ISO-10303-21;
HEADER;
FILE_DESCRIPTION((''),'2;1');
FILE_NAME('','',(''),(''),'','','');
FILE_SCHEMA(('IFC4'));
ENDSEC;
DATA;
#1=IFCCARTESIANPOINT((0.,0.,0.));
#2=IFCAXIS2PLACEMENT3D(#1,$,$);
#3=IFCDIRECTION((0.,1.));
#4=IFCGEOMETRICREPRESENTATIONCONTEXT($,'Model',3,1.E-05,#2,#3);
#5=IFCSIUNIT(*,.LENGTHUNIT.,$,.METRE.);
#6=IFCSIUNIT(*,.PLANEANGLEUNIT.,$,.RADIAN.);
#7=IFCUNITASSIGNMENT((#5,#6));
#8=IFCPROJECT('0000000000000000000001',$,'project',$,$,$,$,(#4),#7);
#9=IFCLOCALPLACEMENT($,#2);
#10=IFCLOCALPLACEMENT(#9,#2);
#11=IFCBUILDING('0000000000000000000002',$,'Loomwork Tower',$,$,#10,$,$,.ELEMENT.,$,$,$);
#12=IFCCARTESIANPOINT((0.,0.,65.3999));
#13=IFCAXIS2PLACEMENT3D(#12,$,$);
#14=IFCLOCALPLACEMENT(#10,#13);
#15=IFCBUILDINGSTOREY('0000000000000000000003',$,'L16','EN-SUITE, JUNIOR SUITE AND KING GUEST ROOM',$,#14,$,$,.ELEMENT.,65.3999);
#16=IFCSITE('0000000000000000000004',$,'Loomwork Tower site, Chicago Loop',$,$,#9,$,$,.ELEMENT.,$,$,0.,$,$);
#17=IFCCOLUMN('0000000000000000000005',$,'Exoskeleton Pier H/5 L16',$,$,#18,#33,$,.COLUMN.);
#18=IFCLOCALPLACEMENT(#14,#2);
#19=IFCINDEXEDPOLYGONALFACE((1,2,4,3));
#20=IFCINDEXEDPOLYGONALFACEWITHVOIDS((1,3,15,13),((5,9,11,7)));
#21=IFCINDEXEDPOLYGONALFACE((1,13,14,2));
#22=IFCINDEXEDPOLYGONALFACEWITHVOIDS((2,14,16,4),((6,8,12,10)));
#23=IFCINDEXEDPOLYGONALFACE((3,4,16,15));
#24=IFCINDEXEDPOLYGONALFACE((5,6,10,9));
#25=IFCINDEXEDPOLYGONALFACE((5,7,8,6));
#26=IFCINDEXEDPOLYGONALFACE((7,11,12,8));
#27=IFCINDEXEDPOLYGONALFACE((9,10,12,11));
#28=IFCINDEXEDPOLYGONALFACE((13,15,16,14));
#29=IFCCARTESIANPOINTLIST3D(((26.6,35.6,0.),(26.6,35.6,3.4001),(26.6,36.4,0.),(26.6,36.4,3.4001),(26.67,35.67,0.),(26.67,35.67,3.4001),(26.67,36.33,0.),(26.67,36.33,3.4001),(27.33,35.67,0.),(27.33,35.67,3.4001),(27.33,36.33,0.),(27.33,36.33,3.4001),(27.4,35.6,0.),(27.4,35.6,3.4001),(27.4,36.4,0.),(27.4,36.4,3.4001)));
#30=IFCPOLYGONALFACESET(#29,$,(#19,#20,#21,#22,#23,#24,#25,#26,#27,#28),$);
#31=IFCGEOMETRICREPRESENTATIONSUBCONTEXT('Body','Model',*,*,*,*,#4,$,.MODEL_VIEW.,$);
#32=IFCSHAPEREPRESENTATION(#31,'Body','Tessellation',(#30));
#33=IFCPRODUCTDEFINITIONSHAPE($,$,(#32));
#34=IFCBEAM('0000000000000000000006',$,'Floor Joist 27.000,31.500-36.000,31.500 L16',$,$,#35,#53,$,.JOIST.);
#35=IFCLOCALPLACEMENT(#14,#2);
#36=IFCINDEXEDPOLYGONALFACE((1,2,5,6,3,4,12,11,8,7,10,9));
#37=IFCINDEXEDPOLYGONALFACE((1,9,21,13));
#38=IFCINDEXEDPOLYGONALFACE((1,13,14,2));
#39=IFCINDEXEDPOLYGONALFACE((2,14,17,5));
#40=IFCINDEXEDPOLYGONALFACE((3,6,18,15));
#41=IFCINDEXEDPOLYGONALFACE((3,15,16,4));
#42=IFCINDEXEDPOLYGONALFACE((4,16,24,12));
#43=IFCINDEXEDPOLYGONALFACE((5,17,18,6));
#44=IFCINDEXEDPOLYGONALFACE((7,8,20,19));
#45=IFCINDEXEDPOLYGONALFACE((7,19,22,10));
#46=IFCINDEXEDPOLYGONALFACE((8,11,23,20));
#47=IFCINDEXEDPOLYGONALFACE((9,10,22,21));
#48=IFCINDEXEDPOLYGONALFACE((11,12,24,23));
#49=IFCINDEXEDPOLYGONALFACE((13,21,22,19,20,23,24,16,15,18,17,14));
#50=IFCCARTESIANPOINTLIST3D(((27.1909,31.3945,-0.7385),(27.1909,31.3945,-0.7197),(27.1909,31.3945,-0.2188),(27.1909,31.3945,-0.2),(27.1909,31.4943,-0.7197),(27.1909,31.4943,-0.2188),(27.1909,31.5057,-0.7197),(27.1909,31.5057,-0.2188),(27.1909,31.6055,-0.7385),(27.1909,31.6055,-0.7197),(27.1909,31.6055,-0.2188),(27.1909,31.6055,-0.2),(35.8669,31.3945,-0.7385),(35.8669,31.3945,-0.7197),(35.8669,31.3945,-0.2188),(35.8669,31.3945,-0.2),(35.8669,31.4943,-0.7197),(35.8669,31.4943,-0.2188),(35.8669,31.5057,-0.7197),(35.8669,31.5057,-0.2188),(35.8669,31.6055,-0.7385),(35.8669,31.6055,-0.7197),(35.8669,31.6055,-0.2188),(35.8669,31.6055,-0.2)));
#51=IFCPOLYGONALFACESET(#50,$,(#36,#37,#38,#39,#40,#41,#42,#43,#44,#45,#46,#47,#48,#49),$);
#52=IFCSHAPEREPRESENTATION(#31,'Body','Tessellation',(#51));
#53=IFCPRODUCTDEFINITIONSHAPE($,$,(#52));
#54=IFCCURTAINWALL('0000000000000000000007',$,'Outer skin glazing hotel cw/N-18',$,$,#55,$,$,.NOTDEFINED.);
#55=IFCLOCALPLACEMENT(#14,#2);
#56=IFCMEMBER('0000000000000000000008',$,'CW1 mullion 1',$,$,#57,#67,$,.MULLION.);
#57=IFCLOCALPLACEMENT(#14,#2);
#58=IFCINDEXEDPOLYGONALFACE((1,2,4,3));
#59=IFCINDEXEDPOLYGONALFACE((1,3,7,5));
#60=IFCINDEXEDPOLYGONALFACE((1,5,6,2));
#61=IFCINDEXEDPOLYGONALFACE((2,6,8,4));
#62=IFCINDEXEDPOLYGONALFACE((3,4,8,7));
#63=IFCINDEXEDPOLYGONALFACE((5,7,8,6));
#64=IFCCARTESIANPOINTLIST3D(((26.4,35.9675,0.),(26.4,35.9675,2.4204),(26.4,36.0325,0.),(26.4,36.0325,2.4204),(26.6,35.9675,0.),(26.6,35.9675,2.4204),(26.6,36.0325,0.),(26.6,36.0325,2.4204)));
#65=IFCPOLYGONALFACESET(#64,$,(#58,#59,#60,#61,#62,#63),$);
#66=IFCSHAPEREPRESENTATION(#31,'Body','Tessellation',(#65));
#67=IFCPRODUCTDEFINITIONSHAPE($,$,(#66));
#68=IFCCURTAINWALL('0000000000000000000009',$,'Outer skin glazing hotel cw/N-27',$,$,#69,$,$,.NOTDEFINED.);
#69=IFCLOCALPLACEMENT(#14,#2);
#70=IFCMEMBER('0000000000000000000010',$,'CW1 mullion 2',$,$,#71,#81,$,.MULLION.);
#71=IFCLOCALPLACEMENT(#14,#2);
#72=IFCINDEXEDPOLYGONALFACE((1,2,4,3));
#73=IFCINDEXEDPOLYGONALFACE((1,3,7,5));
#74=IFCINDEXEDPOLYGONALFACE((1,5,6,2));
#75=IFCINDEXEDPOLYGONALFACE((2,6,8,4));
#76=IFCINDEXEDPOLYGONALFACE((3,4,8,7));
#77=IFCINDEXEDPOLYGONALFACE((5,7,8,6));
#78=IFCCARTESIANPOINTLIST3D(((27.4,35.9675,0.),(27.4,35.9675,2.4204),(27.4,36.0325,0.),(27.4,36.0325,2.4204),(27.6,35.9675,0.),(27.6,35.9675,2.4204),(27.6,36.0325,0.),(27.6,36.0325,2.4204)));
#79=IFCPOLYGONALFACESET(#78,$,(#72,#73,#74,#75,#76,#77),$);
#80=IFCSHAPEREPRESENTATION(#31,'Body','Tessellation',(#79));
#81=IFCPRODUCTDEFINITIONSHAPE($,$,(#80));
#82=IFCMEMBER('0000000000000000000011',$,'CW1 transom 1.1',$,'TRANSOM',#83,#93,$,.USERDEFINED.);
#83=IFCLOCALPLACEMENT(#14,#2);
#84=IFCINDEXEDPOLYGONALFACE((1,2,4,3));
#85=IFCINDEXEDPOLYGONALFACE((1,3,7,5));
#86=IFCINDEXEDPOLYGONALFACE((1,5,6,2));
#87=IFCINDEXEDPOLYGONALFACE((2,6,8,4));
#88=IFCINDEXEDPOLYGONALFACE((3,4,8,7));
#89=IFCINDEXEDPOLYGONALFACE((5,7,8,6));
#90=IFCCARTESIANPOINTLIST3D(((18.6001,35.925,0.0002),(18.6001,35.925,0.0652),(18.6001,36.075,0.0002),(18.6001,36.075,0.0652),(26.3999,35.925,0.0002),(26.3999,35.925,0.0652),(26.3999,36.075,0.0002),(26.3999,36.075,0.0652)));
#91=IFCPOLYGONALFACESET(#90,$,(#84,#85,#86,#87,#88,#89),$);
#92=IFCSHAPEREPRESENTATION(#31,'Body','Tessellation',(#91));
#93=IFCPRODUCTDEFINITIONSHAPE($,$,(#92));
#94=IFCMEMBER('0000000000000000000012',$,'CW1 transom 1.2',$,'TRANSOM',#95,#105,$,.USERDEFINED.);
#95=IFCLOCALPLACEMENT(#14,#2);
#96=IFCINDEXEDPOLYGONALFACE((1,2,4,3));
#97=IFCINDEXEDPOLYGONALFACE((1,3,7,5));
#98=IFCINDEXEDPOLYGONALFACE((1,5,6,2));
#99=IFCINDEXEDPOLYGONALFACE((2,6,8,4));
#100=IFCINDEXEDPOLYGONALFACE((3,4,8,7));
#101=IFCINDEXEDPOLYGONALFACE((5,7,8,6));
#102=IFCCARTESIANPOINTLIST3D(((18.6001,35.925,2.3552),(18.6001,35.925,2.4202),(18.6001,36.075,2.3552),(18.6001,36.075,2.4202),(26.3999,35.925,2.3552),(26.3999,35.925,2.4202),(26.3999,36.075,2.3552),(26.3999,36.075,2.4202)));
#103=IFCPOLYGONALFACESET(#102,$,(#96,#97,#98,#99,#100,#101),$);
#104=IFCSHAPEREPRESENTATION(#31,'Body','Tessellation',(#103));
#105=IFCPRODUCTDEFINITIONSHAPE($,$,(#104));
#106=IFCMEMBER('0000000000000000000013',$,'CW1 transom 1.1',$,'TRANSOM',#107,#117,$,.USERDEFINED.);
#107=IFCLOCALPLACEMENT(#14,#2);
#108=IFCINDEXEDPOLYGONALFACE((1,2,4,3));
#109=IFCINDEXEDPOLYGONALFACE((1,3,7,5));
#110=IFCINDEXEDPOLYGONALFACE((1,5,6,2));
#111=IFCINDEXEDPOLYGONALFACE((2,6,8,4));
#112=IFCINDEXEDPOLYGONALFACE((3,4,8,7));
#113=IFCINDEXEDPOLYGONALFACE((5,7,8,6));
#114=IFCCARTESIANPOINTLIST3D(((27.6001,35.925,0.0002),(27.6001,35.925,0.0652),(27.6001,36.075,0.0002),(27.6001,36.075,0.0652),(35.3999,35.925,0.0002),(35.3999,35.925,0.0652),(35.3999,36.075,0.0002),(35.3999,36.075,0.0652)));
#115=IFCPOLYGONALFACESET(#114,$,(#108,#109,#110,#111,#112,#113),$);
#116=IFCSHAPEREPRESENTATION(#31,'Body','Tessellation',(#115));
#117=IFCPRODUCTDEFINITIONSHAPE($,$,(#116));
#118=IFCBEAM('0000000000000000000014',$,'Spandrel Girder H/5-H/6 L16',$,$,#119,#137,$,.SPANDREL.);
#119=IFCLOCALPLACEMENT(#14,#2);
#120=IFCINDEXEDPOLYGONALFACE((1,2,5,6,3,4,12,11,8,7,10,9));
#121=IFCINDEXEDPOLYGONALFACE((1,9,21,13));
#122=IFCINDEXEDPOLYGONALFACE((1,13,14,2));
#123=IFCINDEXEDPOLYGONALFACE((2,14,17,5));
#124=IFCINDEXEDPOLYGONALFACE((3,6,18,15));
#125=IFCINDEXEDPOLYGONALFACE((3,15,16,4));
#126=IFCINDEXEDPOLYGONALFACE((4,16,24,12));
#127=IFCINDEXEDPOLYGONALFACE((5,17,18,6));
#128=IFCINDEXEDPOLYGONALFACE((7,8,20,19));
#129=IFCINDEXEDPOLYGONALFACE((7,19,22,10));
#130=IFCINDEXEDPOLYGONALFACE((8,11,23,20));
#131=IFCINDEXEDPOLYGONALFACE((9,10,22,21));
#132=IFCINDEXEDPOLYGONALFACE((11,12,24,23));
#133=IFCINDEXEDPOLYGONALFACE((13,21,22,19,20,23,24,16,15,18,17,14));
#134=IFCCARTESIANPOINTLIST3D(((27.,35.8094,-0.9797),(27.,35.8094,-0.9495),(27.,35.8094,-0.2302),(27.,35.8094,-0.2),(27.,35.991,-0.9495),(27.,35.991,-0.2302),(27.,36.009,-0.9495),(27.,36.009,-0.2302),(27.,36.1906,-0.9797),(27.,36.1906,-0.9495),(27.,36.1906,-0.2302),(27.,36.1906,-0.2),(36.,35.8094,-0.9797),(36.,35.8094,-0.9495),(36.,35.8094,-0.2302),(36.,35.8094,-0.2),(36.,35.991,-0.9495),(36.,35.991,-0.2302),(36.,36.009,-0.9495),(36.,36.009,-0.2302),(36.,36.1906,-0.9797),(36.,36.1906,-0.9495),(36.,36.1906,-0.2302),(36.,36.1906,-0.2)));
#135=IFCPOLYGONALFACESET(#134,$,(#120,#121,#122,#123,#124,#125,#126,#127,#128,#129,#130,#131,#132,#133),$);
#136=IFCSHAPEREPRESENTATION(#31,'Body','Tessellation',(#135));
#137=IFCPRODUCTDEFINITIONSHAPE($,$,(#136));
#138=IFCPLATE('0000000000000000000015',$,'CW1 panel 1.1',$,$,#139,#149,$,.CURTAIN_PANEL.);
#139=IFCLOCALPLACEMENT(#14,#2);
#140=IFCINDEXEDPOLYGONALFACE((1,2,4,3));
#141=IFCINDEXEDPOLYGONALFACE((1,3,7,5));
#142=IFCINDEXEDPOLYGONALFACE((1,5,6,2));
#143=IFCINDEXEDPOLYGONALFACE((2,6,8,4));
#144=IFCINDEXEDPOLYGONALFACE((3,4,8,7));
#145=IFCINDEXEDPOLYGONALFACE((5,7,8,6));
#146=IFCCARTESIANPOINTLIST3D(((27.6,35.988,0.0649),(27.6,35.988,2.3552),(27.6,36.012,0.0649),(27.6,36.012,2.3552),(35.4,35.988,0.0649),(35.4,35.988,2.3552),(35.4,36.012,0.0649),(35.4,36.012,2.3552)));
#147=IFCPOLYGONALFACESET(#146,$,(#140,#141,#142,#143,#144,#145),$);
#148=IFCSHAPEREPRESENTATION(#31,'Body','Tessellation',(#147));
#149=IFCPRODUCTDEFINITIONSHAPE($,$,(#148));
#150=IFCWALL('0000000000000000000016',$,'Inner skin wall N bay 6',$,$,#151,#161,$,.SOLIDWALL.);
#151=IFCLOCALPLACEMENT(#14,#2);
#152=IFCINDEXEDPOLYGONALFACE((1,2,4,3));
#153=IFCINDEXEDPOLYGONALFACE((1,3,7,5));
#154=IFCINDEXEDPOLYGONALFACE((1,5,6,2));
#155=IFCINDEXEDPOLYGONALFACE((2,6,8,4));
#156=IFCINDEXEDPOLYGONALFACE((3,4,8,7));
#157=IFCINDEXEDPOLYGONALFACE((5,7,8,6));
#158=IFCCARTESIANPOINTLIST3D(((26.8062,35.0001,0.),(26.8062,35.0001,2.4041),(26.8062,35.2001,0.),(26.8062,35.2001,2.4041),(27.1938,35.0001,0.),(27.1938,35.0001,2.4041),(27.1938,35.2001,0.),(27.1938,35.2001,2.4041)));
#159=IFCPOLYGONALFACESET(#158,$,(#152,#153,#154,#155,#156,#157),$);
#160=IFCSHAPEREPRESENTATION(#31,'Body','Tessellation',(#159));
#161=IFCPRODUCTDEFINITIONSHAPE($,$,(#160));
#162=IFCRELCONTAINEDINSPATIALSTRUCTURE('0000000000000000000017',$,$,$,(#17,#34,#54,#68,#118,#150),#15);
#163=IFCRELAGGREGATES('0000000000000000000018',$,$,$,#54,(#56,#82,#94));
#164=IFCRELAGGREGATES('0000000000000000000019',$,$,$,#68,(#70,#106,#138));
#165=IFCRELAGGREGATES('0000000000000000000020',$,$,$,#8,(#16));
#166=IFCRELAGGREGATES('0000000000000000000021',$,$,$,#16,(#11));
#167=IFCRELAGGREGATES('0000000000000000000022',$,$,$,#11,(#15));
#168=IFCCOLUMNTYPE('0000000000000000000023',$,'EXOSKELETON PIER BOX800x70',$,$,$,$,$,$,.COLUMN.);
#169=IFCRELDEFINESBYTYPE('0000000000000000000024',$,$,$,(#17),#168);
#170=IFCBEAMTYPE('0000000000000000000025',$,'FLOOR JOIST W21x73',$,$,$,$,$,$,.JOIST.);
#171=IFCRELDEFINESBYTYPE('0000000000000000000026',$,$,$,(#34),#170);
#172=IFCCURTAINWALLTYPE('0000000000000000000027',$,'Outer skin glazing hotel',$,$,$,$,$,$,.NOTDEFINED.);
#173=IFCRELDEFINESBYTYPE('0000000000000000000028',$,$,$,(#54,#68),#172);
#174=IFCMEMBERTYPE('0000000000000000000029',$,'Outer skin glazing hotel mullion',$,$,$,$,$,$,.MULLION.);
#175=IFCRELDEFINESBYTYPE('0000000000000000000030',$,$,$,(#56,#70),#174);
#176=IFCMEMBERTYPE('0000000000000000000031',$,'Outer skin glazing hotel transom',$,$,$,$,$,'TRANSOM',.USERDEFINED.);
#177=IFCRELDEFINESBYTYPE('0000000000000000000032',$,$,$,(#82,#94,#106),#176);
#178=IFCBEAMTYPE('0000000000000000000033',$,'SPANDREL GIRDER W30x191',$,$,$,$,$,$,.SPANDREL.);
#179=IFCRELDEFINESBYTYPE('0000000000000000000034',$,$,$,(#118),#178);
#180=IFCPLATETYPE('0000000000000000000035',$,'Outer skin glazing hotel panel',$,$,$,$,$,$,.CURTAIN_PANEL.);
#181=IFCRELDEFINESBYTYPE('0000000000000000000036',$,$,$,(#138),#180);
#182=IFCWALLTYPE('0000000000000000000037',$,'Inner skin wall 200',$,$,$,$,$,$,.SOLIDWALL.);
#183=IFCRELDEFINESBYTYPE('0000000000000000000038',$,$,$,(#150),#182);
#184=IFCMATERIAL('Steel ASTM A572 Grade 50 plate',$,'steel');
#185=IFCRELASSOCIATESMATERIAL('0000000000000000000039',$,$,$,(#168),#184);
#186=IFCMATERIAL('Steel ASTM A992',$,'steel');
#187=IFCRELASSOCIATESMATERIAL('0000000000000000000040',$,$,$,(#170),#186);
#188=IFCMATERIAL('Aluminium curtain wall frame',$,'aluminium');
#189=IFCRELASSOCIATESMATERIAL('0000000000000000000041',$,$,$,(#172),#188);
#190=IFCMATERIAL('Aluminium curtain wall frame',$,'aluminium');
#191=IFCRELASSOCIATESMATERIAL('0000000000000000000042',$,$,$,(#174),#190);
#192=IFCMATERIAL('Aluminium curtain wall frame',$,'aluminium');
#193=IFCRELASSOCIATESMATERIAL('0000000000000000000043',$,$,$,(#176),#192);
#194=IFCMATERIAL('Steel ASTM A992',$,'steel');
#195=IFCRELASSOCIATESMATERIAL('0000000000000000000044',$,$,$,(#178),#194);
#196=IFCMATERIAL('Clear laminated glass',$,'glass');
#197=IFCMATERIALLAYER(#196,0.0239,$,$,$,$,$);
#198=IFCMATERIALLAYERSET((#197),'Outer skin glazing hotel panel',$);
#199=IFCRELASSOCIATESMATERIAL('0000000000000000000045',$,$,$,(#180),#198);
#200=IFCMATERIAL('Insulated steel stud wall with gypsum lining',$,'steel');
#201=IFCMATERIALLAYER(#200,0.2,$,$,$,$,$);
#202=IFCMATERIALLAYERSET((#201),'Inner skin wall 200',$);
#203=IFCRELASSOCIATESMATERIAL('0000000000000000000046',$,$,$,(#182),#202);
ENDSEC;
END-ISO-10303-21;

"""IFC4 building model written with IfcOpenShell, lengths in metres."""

from ifc_helpers import new_model, si_unit, direction, frame, frame_2d, origin, origin_2d, place, context, subcontext, project, spatial, rectangle, hollow_rectangle, i_section, extrude, material, layer, layer_set, material_profile, profile_set, type_object, element, aggregate, save


model = new_model("IFC4")

# Units and contexts
model_context = context("Model", 3, precision=1e-05, world=origin(), true_north=direction((0.0, 1.0)))
body_context = subcontext(model_context, "Body", "Model", "MODEL_VIEW")
ifc_project = project(units=[si_unit("LENGTHUNIT", "METRE"), si_unit("PLANEANGLEUNIT", "RADIAN")], contexts=[model_context])

# Site, building, storey
site_placement = place(None, origin())
site = spatial("IfcSite", under=ifc_project, at=site_placement, Name="Loomwork Tower site, Chicago Loop", CompositionType="ELEMENT", RefElevation=0.0)
building_placement = place(site_placement, origin())
building = spatial("IfcBuilding", under=site, at=building_placement, Name="Loomwork Tower", CompositionType="ELEMENT")
storey_placement = place(building_placement, frame((0.0, 0.0, 65.3999)))
storey = spatial("IfcBuildingStorey", under=building, at=storey_placement, Name="L16", Description="EN-SUITE, JUNIOR SUITE AND KING GUEST ROOM", CompositionType="ELEMENT", Elevation=65.3999)

# Column
ifc_material_1 = material(Name="Steel ASTM A572 Grade 50 plate", Category="steel")
ifc_material_profile_1 = material_profile(ifc_material_1, hollow_rectangle(XDim=0.8, YDim=0.8, WallThickness=0.0701, at=origin_2d()), Name="BOX800x70")
ifc_profile_set_1 = profile_set([ifc_material_profile_1], Name="Steel ASTM A572 Grade 50 plate")
column_type = type_object("IfcColumnType", Name="EXOSKELETON PIER BOX800x70", PredefinedType="COLUMN", material=ifc_profile_set_1)
column_placement = place(storey_placement, frame((27.0, 36.0, 0.0), z_axis=(0.0, 0.0, 1.0), x_axis=(1.0, 0.0, 0.0)))
element("IfcColumn", 1, at=column_placement, inside=storey, type_object=column_type, Name="Exoskeleton Pier H/5 L16", PredefinedType="COLUMN", context=body_context, shape_type="SweptSolid", body=[
    extrude(hollow_rectangle(XDim=0.8, YDim=0.8, WallThickness=0.0701, at=origin_2d()), origin(), (0.0, 0.0, 1.0), 3.4001),
])

# Beam
ifc_material_2 = material(Name="Steel ASTM A992", Category="steel")
ifc_material_profile_2 = material_profile(ifc_material_2, i_section(OverallWidth=0.2109, OverallDepth=0.5386, WebThickness=0.0115, FlangeThickness=0.0188, at=origin_2d()), Name="W21x73")
ifc_profile_set_2 = profile_set([ifc_material_profile_2], Name="Steel ASTM A992")
beam_type_1 = type_object("IfcBeamType", Name="FLOOR JOIST W21x73", PredefinedType="JOIST", material=ifc_profile_set_2)
beam_1_placement = place(storey_placement, frame((27.1909, 31.5, -0.4692), z_axis=(1.0, 0.0, 0.0), x_axis=(0.0, 1.0, 0.0)))
element("IfcBeam", 2, at=beam_1_placement, inside=storey, type_object=beam_type_1, Name="Floor Joist 27.000,31.500-36.000,31.500 L16", PredefinedType="JOIST", context=body_context, shape_type="SweptSolid", body=[
    extrude(i_section(OverallWidth=0.2109, OverallDepth=0.5386, WebThickness=0.0115, FlangeThickness=0.0188, at=origin_2d()), origin(), (0.0, 0.0, 1.0), 8.676),
])

# Curtain walls, members
ifc_material_3 = material(Name="Aluminium curtain wall frame", Category="aluminium")
curtain_wall_type = type_object("IfcCurtainWallType", Name="Outer skin glazing hotel", PredefinedType="NOTDEFINED", material=ifc_material_3)
curtain_wall_1_placement = place(storey_placement, origin())
curtain_wall_1 = element("IfcCurtainWall", 3, at=curtain_wall_1_placement, inside=storey, type_object=curtain_wall_type, Name="Outer skin glazing hotel cw/N-18", PredefinedType="NOTDEFINED")
ifc_material_4 = material(Name="Aluminium curtain wall frame", Category="aluminium")
ifc_material_profile_3 = material_profile(ifc_material_4, rectangle(XDim=0.0649, YDim=0.2, at=origin_2d()), Name="AL 65x200")
ifc_profile_set_3 = profile_set([ifc_material_profile_3], Name="Aluminium curtain wall frame")
member_type_1 = type_object("IfcMemberType", Name="Outer skin glazing hotel mullion", PredefinedType="MULLION", material=ifc_profile_set_3)
member_1_placement = place(storey_placement, frame((26.5, 36.0, 0.0), z_axis=(0.0, 0.0, 1.0), x_axis=(0.0, -1.0, 0.0)))
member_1 = element("IfcMember", 4, at=member_1_placement, type_object=member_type_1, Name="CW1 mullion 1", PredefinedType="MULLION", context=body_context, shape_type="SweptSolid", body=[
    extrude(rectangle(XDim=0.0649, YDim=0.2, at=origin_2d()), origin(), (0.0, 0.0, 1.0), 2.4204),
])
curtain_wall_2_placement = place(storey_placement, origin())
curtain_wall_2 = element("IfcCurtainWall", 5, at=curtain_wall_2_placement, inside=storey, type_object=curtain_wall_type, Name="Outer skin glazing hotel cw/N-27", PredefinedType="NOTDEFINED")
member_2_placement = place(storey_placement, frame((27.5, 36.0, 0.0), z_axis=(0.0, 0.0, 1.0), x_axis=(0.0, -1.0, 0.0)))
member_2 = element("IfcMember", 6, at=member_2_placement, type_object=member_type_1, Name="CW1 mullion 2", PredefinedType="MULLION", context=body_context, shape_type="SweptSolid", body=[
    extrude(rectangle(XDim=0.0649, YDim=0.2, at=origin_2d()), origin(), (0.0, 0.0, 1.0), 2.4204),
])

# Members
ifc_material_5 = material(Name="Aluminium curtain wall frame", Category="aluminium")
ifc_material_profile_4 = material_profile(ifc_material_5, rectangle(XDim=0.1499, YDim=0.0649, at=origin_2d()), Name="AL 65x150")
ifc_profile_set_4 = profile_set([ifc_material_profile_4], Name="Aluminium curtain wall frame")
member_type_2 = type_object("IfcMemberType", Name="Outer skin glazing hotel transom", ElementType="TRANSOM", PredefinedType="USERDEFINED", material=ifc_profile_set_4)
member_3_placement = place(storey_placement, frame((26.3999, 36.0, 0.0327), z_axis=(-1.0, 0.0, 0.0), x_axis=(0.0, -1.0, 0.0)))
member_3 = element("IfcMember", 7, at=member_3_placement, type_object=member_type_2, Name="CW1 transom 1.1", ObjectType="TRANSOM", PredefinedType="USERDEFINED", context=body_context, shape_type="SweptSolid", body=[
    extrude(rectangle(XDim=0.1499, YDim=0.0649, at=origin_2d()), origin(), (0.0, 0.0, 1.0), 7.7998),
])
member_4_placement = place(storey_placement, frame((26.3999, 36.0, 2.3877), z_axis=(-1.0, 0.0, 0.0), x_axis=(0.0, -1.0, 0.0)))
member_4 = element("IfcMember", 8, at=member_4_placement, type_object=member_type_2, Name="CW1 transom 1.2", ObjectType="TRANSOM", PredefinedType="USERDEFINED", context=body_context, shape_type="SweptSolid", body=[
    extrude(rectangle(XDim=0.1499, YDim=0.0649, at=origin_2d()), origin(), (0.0, 0.0, 1.0), 7.7998),
])
aggregate(curtain_wall_1, [member_1, member_3, member_4])
member_5_placement = place(storey_placement, frame((35.3999, 36.0, 0.0327), z_axis=(-1.0, 0.0, 0.0), x_axis=(0.0, -1.0, 0.0)))
member_5 = element("IfcMember", 9, at=member_5_placement, type_object=member_type_2, Name="CW1 transom 1.1", ObjectType="TRANSOM", PredefinedType="USERDEFINED", context=body_context, shape_type="SweptSolid", body=[
    extrude(rectangle(XDim=0.1499, YDim=0.0649, at=origin_2d()), origin(), (0.0, 0.0, 1.0), 7.7998),
])

# Beam
ifc_material_6 = material(Name="Steel ASTM A992", Category="steel")
ifc_material_profile_5 = material_profile(ifc_material_6, i_section(OverallWidth=0.3811, OverallDepth=0.7798, WebThickness=0.0181, FlangeThickness=0.0303, at=origin_2d()), Name="W30x191")
ifc_profile_set_5 = profile_set([ifc_material_profile_5], Name="Steel ASTM A992")
beam_type_2 = type_object("IfcBeamType", Name="SPANDREL GIRDER W30x191", PredefinedType="SPANDREL", material=ifc_profile_set_5)
beam_2_placement = place(storey_placement, frame((27.0, 36.0, -0.5898), z_axis=(1.0, 0.0, 0.0), x_axis=(0.0, 1.0, 0.0)))
element("IfcBeam", 10, at=beam_2_placement, inside=storey, type_object=beam_type_2, Name="Spandrel Girder H/5-H/6 L16", PredefinedType="SPANDREL", context=body_context, shape_type="SweptSolid", body=[
    extrude(i_section(OverallWidth=0.3811, OverallDepth=0.7798, WebThickness=0.0181, FlangeThickness=0.0303, at=origin_2d()), origin(), (0.0, 0.0, 1.0), 9.0),
])

# Plate
ifc_material_7 = material(Name="Clear laminated glass", Category="glass")
ifc_layer_1 = layer(ifc_material_7, 0.0239)
ifc_layer_set_1 = layer_set([ifc_layer_1], Name="Outer skin glazing hotel panel")
plate_type = type_object("IfcPlateType", Name="Outer skin glazing hotel panel", PredefinedType="CURTAIN_PANEL", material=ifc_layer_set_1)
plate_placement = place(storey_placement, frame((31.5, 36.0, 0.0649), z_axis=(0.0, 0.0, 1.0), x_axis=(-1.0, 0.0, 0.0)))
plate = element("IfcPlate", 11, at=plate_placement, type_object=plate_type, Name="CW1 panel 1.1", PredefinedType="CURTAIN_PANEL", context=body_context, shape_type="SweptSolid", body=[
    extrude(rectangle(XDim=7.8, YDim=0.0239, at=origin_2d()), origin(), (0.0, 0.0, 1.0), 2.2903),
])
aggregate(curtain_wall_2, [member_2, member_5, plate])

# Wall
ifc_material_8 = material(Name="Insulated steel stud wall with gypsum lining", Category="steel")
ifc_layer_2 = layer(ifc_material_8, 0.2)
ifc_layer_set_2 = layer_set([ifc_layer_2], Name="Inner skin wall 200")
wall_type = type_object("IfcWallType", Name="Inner skin wall 200", PredefinedType="SOLIDWALL", material=ifc_layer_set_2)
wall_1_placement = place(storey_placement, frame((26.8062, 35.1001, 0.0), z_axis=(0.0, 0.0, 1.0), x_axis=(1.0, 0.0, 0.0)))
element("IfcWall", 12, at=wall_1_placement, inside=storey, type_object=wall_type, Name="Inner skin wall N bay 6", PredefinedType="SOLIDWALL", context=body_context, shape_type="SweptSolid", body=[
    extrude(rectangle(XDim=0.3877, YDim=0.2, at=frame_2d((0.1938, 0.0))), origin(), (0.0, 0.0, 1.0), 2.4041),
])

save(model, "model.ifc")
